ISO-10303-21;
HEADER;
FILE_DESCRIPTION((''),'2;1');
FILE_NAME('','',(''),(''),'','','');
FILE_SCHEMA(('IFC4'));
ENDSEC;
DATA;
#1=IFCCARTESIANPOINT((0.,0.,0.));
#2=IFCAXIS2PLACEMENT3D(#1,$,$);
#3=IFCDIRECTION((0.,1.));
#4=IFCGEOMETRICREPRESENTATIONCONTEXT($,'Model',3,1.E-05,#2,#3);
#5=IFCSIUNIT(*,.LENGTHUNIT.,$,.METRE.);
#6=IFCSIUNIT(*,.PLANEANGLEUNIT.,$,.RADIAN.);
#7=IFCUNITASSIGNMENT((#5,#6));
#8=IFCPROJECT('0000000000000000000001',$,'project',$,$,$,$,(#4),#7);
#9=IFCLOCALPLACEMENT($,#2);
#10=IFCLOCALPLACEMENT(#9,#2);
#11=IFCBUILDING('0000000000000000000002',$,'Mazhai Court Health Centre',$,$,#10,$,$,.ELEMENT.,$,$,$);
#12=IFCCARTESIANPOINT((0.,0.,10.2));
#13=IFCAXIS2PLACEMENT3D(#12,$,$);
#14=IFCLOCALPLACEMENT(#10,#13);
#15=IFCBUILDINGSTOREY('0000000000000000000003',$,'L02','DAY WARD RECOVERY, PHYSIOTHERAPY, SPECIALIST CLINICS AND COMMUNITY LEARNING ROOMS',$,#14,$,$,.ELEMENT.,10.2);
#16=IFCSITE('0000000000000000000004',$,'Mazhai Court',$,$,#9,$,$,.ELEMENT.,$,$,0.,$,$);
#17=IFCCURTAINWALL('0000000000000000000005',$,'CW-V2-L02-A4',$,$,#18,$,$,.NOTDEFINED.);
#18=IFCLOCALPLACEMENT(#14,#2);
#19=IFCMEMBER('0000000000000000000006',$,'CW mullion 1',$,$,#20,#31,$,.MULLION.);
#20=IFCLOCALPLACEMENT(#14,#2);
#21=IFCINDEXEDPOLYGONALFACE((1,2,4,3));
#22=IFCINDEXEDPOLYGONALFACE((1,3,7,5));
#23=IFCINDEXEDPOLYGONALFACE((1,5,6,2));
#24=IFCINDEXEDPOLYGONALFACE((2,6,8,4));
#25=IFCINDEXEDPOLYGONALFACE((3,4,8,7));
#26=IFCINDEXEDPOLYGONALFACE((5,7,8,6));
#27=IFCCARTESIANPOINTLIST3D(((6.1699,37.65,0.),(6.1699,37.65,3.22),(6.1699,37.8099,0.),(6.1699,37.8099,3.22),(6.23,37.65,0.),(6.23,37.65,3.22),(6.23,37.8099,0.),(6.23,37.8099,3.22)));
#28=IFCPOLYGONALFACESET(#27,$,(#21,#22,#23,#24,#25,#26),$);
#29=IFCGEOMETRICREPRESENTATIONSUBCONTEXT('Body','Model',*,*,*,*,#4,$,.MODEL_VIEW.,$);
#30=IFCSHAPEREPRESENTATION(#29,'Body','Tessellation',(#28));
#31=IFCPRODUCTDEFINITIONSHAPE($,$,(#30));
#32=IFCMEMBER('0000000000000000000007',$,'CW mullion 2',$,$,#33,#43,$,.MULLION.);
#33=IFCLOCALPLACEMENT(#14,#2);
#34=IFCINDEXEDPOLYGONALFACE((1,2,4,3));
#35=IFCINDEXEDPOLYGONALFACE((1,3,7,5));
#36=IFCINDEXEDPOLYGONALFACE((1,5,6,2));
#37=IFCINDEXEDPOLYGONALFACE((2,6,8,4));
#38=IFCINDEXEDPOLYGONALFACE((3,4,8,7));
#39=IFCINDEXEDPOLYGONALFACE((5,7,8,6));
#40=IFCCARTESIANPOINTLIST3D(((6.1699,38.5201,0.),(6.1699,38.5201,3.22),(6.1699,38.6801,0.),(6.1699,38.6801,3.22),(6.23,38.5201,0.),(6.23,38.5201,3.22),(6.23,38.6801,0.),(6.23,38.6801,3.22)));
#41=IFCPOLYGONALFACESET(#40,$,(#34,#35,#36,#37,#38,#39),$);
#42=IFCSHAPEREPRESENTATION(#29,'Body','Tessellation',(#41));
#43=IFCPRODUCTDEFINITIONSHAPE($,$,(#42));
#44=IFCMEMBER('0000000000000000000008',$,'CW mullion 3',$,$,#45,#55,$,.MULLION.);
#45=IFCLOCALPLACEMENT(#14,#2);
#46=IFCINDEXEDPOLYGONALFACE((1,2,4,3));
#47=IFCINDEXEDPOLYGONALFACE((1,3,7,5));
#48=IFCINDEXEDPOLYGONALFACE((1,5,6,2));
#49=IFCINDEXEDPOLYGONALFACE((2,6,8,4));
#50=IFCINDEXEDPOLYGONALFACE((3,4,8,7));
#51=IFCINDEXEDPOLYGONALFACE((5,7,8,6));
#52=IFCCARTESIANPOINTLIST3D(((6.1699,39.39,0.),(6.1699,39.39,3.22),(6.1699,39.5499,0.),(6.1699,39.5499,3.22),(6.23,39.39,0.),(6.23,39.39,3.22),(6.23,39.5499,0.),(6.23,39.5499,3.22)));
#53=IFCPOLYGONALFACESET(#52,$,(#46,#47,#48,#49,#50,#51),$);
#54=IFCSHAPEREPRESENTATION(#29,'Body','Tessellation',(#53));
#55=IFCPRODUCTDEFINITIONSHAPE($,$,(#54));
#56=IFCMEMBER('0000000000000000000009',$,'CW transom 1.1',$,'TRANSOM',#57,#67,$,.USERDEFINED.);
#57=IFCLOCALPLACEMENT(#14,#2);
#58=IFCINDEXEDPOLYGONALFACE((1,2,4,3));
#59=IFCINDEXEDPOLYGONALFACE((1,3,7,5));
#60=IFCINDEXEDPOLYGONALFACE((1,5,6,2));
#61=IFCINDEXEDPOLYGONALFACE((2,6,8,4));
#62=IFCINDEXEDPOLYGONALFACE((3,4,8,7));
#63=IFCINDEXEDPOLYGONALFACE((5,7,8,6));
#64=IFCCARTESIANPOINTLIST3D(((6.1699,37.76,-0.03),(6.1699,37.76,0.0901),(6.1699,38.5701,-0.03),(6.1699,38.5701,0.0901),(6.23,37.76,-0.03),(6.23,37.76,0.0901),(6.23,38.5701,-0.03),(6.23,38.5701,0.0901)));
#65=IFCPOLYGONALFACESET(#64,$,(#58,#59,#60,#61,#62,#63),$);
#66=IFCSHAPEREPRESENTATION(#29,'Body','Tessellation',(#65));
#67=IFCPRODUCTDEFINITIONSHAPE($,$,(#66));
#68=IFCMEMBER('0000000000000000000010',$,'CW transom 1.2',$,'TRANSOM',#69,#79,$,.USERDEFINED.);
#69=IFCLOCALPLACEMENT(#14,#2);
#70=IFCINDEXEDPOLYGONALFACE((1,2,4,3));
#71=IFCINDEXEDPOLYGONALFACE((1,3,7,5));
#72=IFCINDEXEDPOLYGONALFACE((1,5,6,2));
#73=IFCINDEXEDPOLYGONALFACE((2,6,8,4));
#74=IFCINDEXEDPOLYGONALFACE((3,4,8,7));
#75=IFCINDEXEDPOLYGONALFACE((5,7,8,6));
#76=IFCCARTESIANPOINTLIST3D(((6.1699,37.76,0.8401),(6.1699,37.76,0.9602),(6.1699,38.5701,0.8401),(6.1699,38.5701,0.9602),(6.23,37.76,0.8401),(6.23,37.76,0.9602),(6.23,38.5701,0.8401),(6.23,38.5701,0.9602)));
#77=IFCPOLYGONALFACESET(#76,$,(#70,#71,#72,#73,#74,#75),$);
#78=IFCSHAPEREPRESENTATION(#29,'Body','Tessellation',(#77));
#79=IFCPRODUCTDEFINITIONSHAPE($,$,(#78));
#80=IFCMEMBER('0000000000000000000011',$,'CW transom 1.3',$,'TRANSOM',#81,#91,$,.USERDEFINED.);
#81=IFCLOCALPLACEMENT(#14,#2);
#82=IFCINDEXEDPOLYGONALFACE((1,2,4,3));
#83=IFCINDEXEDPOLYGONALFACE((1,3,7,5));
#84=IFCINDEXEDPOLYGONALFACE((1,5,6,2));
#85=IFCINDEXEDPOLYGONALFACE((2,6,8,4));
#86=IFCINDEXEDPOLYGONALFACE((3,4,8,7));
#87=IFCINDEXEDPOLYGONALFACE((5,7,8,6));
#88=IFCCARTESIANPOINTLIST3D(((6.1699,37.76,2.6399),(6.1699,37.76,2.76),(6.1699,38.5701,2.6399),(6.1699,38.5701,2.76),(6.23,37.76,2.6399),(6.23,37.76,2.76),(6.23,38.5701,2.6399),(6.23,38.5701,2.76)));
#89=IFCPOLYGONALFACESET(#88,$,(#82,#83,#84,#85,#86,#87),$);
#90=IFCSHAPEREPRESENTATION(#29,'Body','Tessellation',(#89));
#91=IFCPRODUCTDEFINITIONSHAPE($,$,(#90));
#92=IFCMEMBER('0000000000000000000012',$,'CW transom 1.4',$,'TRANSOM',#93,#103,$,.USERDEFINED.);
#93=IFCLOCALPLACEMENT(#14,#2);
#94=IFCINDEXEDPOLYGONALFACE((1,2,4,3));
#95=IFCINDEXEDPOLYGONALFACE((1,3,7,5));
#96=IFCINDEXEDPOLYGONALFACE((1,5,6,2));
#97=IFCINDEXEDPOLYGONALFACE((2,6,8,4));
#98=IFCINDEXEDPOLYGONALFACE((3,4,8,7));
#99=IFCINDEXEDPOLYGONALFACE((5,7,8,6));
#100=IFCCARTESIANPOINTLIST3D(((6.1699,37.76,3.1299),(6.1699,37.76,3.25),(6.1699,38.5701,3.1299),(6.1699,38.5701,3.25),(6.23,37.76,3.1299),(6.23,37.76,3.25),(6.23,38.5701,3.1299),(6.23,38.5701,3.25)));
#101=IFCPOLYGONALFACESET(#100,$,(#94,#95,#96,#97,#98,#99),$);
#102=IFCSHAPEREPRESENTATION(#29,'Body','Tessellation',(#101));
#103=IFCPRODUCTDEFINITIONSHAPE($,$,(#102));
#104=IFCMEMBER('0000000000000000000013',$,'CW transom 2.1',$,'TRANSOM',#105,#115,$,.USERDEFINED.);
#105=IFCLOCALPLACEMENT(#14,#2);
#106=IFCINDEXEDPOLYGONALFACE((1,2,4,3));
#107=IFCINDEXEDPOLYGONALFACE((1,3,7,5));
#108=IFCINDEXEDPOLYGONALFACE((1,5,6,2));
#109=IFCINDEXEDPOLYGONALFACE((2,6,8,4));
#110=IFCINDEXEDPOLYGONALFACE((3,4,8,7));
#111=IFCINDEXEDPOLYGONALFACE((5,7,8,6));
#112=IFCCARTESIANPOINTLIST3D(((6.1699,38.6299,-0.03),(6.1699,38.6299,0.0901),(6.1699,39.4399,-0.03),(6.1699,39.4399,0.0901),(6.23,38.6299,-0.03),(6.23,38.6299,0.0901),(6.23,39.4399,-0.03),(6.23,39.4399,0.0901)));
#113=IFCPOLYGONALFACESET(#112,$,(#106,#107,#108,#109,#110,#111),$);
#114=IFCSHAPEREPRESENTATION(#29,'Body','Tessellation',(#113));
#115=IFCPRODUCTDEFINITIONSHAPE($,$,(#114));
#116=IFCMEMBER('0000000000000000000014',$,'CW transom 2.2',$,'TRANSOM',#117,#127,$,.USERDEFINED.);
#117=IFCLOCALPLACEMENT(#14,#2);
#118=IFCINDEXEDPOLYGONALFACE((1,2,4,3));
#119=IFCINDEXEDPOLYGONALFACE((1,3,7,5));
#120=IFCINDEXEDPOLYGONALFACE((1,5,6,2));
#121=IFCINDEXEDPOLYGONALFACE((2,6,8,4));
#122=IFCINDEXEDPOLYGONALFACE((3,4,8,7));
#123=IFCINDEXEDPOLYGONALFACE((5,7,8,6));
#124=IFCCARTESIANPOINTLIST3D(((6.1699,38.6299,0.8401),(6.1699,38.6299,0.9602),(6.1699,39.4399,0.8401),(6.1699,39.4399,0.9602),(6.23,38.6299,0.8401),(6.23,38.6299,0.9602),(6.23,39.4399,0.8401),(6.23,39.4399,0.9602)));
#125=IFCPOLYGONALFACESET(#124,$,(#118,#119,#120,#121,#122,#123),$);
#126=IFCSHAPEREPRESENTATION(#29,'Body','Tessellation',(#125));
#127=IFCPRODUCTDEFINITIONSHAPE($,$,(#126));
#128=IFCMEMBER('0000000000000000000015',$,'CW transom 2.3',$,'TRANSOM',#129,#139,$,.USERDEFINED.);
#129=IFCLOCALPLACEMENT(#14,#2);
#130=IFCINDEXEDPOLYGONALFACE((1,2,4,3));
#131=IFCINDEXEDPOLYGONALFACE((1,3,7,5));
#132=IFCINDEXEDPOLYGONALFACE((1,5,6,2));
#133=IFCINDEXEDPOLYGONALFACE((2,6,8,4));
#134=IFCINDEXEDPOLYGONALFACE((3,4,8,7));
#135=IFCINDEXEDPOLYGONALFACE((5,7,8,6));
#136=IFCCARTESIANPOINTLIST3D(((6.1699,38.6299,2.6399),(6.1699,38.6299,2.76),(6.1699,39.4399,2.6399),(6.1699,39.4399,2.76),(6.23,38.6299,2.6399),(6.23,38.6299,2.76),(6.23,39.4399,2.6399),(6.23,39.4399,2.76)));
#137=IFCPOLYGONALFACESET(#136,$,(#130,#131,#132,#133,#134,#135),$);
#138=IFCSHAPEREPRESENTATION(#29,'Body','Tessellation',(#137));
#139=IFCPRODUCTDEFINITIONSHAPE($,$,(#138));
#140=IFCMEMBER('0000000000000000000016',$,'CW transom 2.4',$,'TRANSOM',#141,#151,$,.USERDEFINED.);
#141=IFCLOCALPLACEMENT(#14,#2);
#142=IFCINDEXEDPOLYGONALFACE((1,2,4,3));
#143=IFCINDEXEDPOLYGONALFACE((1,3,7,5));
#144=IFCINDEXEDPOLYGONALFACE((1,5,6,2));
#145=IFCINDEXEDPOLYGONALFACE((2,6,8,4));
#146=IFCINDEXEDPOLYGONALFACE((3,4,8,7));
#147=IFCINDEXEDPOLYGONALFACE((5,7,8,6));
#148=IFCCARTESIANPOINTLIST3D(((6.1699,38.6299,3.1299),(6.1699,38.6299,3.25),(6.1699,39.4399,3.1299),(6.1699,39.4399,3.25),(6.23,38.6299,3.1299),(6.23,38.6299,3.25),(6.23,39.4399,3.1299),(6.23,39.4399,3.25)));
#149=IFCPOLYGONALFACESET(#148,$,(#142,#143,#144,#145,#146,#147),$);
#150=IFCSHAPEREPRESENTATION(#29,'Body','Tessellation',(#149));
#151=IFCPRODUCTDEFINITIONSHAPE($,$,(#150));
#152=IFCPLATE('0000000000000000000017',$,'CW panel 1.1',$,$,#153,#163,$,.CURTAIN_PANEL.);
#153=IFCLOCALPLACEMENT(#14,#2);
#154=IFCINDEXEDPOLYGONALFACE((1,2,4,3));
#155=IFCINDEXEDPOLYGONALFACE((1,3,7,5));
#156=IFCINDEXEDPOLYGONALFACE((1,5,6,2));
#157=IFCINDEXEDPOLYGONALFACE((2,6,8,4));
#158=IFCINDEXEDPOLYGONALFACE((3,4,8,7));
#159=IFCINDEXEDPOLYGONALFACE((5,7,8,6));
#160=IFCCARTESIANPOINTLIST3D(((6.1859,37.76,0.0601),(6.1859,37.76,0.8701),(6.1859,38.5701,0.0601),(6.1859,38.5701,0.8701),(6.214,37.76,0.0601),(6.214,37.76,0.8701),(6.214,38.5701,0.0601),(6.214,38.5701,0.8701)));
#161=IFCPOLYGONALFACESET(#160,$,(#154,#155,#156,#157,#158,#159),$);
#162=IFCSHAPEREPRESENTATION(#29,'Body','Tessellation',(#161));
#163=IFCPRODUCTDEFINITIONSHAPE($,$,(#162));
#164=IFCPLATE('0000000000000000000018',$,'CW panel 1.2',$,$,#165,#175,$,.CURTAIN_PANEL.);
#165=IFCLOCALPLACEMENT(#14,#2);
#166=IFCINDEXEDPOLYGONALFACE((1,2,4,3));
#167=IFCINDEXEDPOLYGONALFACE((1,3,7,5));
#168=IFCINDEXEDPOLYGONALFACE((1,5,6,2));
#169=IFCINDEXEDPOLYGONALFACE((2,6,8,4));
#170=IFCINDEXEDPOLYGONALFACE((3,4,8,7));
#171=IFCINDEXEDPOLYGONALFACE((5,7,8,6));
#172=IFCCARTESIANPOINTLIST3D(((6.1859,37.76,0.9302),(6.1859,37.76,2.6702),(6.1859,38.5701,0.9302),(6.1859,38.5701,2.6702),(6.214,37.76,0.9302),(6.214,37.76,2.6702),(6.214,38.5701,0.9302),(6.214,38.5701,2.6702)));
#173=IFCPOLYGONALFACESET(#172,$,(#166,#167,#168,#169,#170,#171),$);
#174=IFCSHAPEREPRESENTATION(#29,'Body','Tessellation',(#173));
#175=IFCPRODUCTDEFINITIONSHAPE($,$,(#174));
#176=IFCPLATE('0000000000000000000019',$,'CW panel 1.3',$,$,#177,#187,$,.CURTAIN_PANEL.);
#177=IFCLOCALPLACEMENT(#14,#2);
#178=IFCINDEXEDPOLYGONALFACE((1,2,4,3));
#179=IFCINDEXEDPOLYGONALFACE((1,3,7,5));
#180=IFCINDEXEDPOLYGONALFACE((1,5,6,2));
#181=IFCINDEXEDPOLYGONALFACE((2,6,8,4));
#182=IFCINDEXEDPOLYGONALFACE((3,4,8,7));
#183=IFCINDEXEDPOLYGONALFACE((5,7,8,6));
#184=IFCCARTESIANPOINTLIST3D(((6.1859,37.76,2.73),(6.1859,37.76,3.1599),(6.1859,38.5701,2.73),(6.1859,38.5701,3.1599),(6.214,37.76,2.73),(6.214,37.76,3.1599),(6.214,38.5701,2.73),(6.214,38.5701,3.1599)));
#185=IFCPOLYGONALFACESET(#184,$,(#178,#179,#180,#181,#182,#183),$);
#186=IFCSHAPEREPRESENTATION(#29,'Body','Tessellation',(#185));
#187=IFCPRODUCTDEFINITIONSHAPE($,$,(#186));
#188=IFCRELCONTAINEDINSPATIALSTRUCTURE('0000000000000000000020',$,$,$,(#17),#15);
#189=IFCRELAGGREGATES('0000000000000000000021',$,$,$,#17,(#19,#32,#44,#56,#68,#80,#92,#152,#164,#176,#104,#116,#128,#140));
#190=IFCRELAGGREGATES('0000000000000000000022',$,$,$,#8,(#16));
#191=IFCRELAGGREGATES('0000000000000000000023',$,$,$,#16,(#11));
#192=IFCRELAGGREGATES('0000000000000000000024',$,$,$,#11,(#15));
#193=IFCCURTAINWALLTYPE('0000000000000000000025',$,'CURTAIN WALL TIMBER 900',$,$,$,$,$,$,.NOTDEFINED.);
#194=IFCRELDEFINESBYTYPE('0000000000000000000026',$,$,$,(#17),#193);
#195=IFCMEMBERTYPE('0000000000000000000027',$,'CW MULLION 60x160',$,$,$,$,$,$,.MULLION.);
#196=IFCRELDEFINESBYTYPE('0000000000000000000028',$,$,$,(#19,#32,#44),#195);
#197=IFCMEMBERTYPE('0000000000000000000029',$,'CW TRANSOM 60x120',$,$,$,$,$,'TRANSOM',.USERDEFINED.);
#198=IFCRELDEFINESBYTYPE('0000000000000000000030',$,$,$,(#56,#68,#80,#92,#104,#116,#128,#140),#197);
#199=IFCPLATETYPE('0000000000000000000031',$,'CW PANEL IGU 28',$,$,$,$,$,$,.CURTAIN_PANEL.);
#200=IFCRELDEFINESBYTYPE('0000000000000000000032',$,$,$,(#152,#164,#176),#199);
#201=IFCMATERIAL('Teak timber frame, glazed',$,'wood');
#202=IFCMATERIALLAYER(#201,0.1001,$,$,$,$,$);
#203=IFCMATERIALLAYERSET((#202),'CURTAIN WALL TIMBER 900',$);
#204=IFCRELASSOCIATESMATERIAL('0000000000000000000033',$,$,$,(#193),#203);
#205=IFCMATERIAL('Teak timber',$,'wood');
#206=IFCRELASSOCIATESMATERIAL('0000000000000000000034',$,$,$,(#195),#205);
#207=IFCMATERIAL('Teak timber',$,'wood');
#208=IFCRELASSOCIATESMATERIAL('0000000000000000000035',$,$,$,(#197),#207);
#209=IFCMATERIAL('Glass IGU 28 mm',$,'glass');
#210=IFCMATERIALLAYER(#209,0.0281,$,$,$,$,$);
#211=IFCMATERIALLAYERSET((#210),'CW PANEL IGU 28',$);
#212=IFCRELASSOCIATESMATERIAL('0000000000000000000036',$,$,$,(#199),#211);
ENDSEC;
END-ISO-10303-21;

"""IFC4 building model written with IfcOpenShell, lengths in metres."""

from ifc_helpers import new_model, si_unit, direction, frame, origin, origin_2d, place, context, subcontext, project, spatial, rectangle, extrude, material, layer, layer_set, material_profile, profile_set, type_object, element, aggregate, save


model = new_model("IFC4")

# Units and contexts
model_context = context("Model", 3, precision=1e-05, world=origin(), true_north=direction((0.0, 1.0)))
body_context = subcontext(model_context, "Body", "Model", "MODEL_VIEW")
ifc_project = project(units=[si_unit("LENGTHUNIT", "METRE"), si_unit("PLANEANGLEUNIT", "RADIAN")], contexts=[model_context])

# Site, building, storey
site_placement = place(None, origin())
site = spatial("IfcSite", under=ifc_project, at=site_placement, Name="Mazhai Court", CompositionType="ELEMENT", RefElevation=0.0)
building_placement = place(site_placement, origin())
building = spatial("IfcBuilding", under=site, at=building_placement, Name="Mazhai Court Health Centre", CompositionType="ELEMENT")
storey_placement = place(building_placement, frame((0.0, 0.0, 10.2)))
storey = spatial("IfcBuildingStorey", under=building, at=storey_placement, Name="L02", Description="DAY WARD RECOVERY, PHYSIOTHERAPY, SPECIALIST CLINICS AND COMMUNITY LEARNING ROOMS", CompositionType="ELEMENT", Elevation=10.2)

# Curtain wall, members, plates
ifc_material_1 = material(Name="Teak timber frame, glazed", Category="wood")
ifc_layer_1 = layer(ifc_material_1, 0.1001)
ifc_layer_set_1 = layer_set([ifc_layer_1], Name="CURTAIN WALL TIMBER 900")
curtain_wall_type = type_object("IfcCurtainWallType", Name="CURTAIN WALL TIMBER 900", PredefinedType="NOTDEFINED", material=ifc_layer_set_1)
curtain_wall_placement = place(storey_placement, origin())
curtain_wall = element("IfcCurtainWall", 1, at=curtain_wall_placement, inside=storey, type_object=curtain_wall_type, Name="CW-V2-L02-A4", PredefinedType="NOTDEFINED")
ifc_material_2 = material(Name="Teak timber", Category="wood")
ifc_material_profile_1 = material_profile(ifc_material_2, rectangle(XDim=0.0601, YDim=0.1599, at=origin_2d()), Name="CW MULLION 60x160")
ifc_profile_set_1 = profile_set([ifc_material_profile_1], Name="Teak timber")
member_type_1 = type_object("IfcMemberType", Name="CW MULLION 60x160", PredefinedType="MULLION", material=ifc_profile_set_1)
member_1_placement = place(storey_placement, frame((6.2, 37.73, 0.0), z_axis=(0.0, 0.0, 1.0), x_axis=(-1.0, 0.0, 0.0)))
member_1 = element("IfcMember", 2, at=member_1_placement, type_object=member_type_1, Name="CW mullion 1", PredefinedType="MULLION", context=body_context, shape_type="SweptSolid", body=[
    extrude(rectangle(XDim=0.0601, YDim=0.1599, at=origin_2d()), origin(), (0.0, 0.0, 1.0), 3.22),
])
member_2_placement = place(storey_placement, frame((6.2, 38.6001, 0.0), z_axis=(0.0, 0.0, 1.0), x_axis=(-1.0, 0.0, 0.0)))
member_2 = element("IfcMember", 3, at=member_2_placement, type_object=member_type_1, Name="CW mullion 2", PredefinedType="MULLION", context=body_context, shape_type="SweptSolid", body=[
    extrude(rectangle(XDim=0.0601, YDim=0.1599, at=origin_2d()), origin(), (0.0, 0.0, 1.0), 3.22),
])
member_3_placement = place(storey_placement, frame((6.2, 39.47, 0.0), z_axis=(0.0, 0.0, 1.0), x_axis=(-1.0, 0.0, 0.0)))
member_3 = element("IfcMember", 4, at=member_3_placement, type_object=member_type_1, Name="CW mullion 3", PredefinedType="MULLION", context=body_context, shape_type="SweptSolid", body=[
    extrude(rectangle(XDim=0.0601, YDim=0.1599, at=origin_2d()), origin(), (0.0, 0.0, 1.0), 3.22),
])
ifc_material_3 = material(Name="Teak timber", Category="wood")
ifc_material_profile_2 = material_profile(ifc_material_3, rectangle(XDim=0.0601, YDim=0.1201, at=origin_2d()), Name="CW TRANSOM 60x120")
ifc_profile_set_2 = profile_set([ifc_material_profile_2], Name="Teak timber")
member_type_2 = type_object("IfcMemberType", Name="CW TRANSOM 60x120", ElementType="TRANSOM", PredefinedType="USERDEFINED", material=ifc_profile_set_2)
member_4_placement = place(storey_placement, frame((6.2, 37.76, 0.03), z_axis=(0.0, 1.0, 0.0), x_axis=(-1.0, 0.0, 0.0)))
member_4 = element("IfcMember", 5, at=member_4_placement, type_object=member_type_2, Name="CW transom 1.1", ObjectType="TRANSOM", PredefinedType="USERDEFINED", context=body_context, shape_type="SweptSolid", body=[
    extrude(rectangle(XDim=0.0601, YDim=0.1201, at=origin_2d()), origin(), (0.0, 0.0, 1.0), 0.8101),
])
member_5_placement = place(storey_placement, frame((6.2, 37.76, 0.9001), z_axis=(0.0, 1.0, 0.0), x_axis=(-1.0, 0.0, 0.0)))
member_5 = element("IfcMember", 6, at=member_5_placement, type_object=member_type_2, Name="CW transom 1.2", ObjectType="TRANSOM", PredefinedType="USERDEFINED", context=body_context, shape_type="SweptSolid", body=[
    extrude(rectangle(XDim=0.0601, YDim=0.1201, at=origin_2d()), origin(), (0.0, 0.0, 1.0), 0.8101),
])
member_6_placement = place(storey_placement, frame((6.2, 37.76, 2.7), z_axis=(0.0, 1.0, 0.0), x_axis=(-1.0, 0.0, 0.0)))
member_6 = element("IfcMember", 7, at=member_6_placement, type_object=member_type_2, Name="CW transom 1.3", ObjectType="TRANSOM", PredefinedType="USERDEFINED", context=body_context, shape_type="SweptSolid", body=[
    extrude(rectangle(XDim=0.0601, YDim=0.1201, at=origin_2d()), origin(), (0.0, 0.0, 1.0), 0.8101),
])
member_7_placement = place(storey_placement, frame((6.2, 37.76, 3.1899), z_axis=(0.0, 1.0, 0.0), x_axis=(-1.0, 0.0, 0.0)))
member_7 = element("IfcMember", 8, at=member_7_placement, type_object=member_type_2, Name="CW transom 1.4", ObjectType="TRANSOM", PredefinedType="USERDEFINED", context=body_context, shape_type="SweptSolid", body=[
    extrude(rectangle(XDim=0.0601, YDim=0.1201, at=origin_2d()), origin(), (0.0, 0.0, 1.0), 0.8101),
])
member_8_placement = place(storey_placement, frame((6.2, 38.6299, 0.03), z_axis=(0.0, 1.0, 0.0), x_axis=(-1.0, 0.0, 0.0)))
member_8 = element("IfcMember", 9, at=member_8_placement, type_object=member_type_2, Name="CW transom 2.1", ObjectType="TRANSOM", PredefinedType="USERDEFINED", context=body_context, shape_type="SweptSolid", body=[
    extrude(rectangle(XDim=0.0601, YDim=0.1201, at=origin_2d()), origin(), (0.0, 0.0, 1.0), 0.8101),
])
member_9_placement = place(storey_placement, frame((6.2, 38.6299, 0.9001), z_axis=(0.0, 1.0, 0.0), x_axis=(-1.0, 0.0, 0.0)))
member_9 = element("IfcMember", 10, at=member_9_placement, type_object=member_type_2, Name="CW transom 2.2", ObjectType="TRANSOM", PredefinedType="USERDEFINED", context=body_context, shape_type="SweptSolid", body=[
    extrude(rectangle(XDim=0.0601, YDim=0.1201, at=origin_2d()), origin(), (0.0, 0.0, 1.0), 0.8101),
])
member_10_placement = place(storey_placement, frame((6.2, 38.6299, 2.7), z_axis=(0.0, 1.0, 0.0), x_axis=(-1.0, 0.0, 0.0)))
member_10 = element("IfcMember", 11, at=member_10_placement, type_object=member_type_2, Name="CW transom 2.3", ObjectType="TRANSOM", PredefinedType="USERDEFINED", context=body_context, shape_type="SweptSolid", body=[
    extrude(rectangle(XDim=0.0601, YDim=0.1201, at=origin_2d()), origin(), (0.0, 0.0, 1.0), 0.8101),
])
member_11_placement = place(storey_placement, frame((6.2, 38.6299, 3.1899), z_axis=(0.0, 1.0, 0.0), x_axis=(-1.0, 0.0, 0.0)))
member_11 = element("IfcMember", 12, at=member_11_placement, type_object=member_type_2, Name="CW transom 2.4", ObjectType="TRANSOM", PredefinedType="USERDEFINED", context=body_context, shape_type="SweptSolid", body=[
    extrude(rectangle(XDim=0.0601, YDim=0.1201, at=origin_2d()), origin(), (0.0, 0.0, 1.0), 0.8101),
])
ifc_material_4 = material(Name="Glass IGU 28 mm", Category="glass")
ifc_layer_2 = layer(ifc_material_4, 0.0281)
ifc_layer_set_2 = layer_set([ifc_layer_2], Name="CW PANEL IGU 28")
plate_type = type_object("IfcPlateType", Name="CW PANEL IGU 28", PredefinedType="CURTAIN_PANEL", material=ifc_layer_set_2)
plate_1_placement = place(storey_placement, frame((6.2, 38.165, 0.0601), z_axis=(0.0, 0.0, 1.0), x_axis=(0.0, 1.0, 0.0)))
plate_1 = element("IfcPlate", 13, at=plate_1_placement, type_object=plate_type, Name="CW panel 1.1", PredefinedType="CURTAIN_PANEL", context=body_context, shape_type="SweptSolid", body=[
    extrude(rectangle(XDim=0.8101, YDim=0.0281, at=origin_2d()), origin(), (0.0, 0.0, 1.0), 0.8101),
])
plate_2_placement = place(storey_placement, frame((6.2, 38.165, 0.9302), z_axis=(0.0, 0.0, 1.0), x_axis=(0.0, 1.0, 0.0)))
plate_2 = element("IfcPlate", 14, at=plate_2_placement, type_object=plate_type, Name="CW panel 1.2", PredefinedType="CURTAIN_PANEL", context=body_context, shape_type="SweptSolid", body=[
    extrude(rectangle(XDim=0.8101, YDim=0.0281, at=origin_2d()), origin(), (0.0, 0.0, 1.0), 1.74),
])
plate_3_placement = place(storey_placement, frame((6.2, 38.165, 2.73), z_axis=(0.0, 0.0, 1.0), x_axis=(0.0, 1.0, 0.0)))
plate_3 = element("IfcPlate", 15, at=plate_3_placement, type_object=plate_type, Name="CW panel 1.3", PredefinedType="CURTAIN_PANEL", context=body_context, shape_type="SweptSolid", body=[
    extrude(rectangle(XDim=0.8101, YDim=0.0281, at=origin_2d()), origin(), (0.0, 0.0, 1.0), 0.4299),
])
aggregate(curtain_wall, [member_1, member_2, member_3, member_4, member_5, member_6, member_7, plate_1, plate_2, plate_3, member_8, member_9, member_10, member_11])

save(model, "model.ifc")
